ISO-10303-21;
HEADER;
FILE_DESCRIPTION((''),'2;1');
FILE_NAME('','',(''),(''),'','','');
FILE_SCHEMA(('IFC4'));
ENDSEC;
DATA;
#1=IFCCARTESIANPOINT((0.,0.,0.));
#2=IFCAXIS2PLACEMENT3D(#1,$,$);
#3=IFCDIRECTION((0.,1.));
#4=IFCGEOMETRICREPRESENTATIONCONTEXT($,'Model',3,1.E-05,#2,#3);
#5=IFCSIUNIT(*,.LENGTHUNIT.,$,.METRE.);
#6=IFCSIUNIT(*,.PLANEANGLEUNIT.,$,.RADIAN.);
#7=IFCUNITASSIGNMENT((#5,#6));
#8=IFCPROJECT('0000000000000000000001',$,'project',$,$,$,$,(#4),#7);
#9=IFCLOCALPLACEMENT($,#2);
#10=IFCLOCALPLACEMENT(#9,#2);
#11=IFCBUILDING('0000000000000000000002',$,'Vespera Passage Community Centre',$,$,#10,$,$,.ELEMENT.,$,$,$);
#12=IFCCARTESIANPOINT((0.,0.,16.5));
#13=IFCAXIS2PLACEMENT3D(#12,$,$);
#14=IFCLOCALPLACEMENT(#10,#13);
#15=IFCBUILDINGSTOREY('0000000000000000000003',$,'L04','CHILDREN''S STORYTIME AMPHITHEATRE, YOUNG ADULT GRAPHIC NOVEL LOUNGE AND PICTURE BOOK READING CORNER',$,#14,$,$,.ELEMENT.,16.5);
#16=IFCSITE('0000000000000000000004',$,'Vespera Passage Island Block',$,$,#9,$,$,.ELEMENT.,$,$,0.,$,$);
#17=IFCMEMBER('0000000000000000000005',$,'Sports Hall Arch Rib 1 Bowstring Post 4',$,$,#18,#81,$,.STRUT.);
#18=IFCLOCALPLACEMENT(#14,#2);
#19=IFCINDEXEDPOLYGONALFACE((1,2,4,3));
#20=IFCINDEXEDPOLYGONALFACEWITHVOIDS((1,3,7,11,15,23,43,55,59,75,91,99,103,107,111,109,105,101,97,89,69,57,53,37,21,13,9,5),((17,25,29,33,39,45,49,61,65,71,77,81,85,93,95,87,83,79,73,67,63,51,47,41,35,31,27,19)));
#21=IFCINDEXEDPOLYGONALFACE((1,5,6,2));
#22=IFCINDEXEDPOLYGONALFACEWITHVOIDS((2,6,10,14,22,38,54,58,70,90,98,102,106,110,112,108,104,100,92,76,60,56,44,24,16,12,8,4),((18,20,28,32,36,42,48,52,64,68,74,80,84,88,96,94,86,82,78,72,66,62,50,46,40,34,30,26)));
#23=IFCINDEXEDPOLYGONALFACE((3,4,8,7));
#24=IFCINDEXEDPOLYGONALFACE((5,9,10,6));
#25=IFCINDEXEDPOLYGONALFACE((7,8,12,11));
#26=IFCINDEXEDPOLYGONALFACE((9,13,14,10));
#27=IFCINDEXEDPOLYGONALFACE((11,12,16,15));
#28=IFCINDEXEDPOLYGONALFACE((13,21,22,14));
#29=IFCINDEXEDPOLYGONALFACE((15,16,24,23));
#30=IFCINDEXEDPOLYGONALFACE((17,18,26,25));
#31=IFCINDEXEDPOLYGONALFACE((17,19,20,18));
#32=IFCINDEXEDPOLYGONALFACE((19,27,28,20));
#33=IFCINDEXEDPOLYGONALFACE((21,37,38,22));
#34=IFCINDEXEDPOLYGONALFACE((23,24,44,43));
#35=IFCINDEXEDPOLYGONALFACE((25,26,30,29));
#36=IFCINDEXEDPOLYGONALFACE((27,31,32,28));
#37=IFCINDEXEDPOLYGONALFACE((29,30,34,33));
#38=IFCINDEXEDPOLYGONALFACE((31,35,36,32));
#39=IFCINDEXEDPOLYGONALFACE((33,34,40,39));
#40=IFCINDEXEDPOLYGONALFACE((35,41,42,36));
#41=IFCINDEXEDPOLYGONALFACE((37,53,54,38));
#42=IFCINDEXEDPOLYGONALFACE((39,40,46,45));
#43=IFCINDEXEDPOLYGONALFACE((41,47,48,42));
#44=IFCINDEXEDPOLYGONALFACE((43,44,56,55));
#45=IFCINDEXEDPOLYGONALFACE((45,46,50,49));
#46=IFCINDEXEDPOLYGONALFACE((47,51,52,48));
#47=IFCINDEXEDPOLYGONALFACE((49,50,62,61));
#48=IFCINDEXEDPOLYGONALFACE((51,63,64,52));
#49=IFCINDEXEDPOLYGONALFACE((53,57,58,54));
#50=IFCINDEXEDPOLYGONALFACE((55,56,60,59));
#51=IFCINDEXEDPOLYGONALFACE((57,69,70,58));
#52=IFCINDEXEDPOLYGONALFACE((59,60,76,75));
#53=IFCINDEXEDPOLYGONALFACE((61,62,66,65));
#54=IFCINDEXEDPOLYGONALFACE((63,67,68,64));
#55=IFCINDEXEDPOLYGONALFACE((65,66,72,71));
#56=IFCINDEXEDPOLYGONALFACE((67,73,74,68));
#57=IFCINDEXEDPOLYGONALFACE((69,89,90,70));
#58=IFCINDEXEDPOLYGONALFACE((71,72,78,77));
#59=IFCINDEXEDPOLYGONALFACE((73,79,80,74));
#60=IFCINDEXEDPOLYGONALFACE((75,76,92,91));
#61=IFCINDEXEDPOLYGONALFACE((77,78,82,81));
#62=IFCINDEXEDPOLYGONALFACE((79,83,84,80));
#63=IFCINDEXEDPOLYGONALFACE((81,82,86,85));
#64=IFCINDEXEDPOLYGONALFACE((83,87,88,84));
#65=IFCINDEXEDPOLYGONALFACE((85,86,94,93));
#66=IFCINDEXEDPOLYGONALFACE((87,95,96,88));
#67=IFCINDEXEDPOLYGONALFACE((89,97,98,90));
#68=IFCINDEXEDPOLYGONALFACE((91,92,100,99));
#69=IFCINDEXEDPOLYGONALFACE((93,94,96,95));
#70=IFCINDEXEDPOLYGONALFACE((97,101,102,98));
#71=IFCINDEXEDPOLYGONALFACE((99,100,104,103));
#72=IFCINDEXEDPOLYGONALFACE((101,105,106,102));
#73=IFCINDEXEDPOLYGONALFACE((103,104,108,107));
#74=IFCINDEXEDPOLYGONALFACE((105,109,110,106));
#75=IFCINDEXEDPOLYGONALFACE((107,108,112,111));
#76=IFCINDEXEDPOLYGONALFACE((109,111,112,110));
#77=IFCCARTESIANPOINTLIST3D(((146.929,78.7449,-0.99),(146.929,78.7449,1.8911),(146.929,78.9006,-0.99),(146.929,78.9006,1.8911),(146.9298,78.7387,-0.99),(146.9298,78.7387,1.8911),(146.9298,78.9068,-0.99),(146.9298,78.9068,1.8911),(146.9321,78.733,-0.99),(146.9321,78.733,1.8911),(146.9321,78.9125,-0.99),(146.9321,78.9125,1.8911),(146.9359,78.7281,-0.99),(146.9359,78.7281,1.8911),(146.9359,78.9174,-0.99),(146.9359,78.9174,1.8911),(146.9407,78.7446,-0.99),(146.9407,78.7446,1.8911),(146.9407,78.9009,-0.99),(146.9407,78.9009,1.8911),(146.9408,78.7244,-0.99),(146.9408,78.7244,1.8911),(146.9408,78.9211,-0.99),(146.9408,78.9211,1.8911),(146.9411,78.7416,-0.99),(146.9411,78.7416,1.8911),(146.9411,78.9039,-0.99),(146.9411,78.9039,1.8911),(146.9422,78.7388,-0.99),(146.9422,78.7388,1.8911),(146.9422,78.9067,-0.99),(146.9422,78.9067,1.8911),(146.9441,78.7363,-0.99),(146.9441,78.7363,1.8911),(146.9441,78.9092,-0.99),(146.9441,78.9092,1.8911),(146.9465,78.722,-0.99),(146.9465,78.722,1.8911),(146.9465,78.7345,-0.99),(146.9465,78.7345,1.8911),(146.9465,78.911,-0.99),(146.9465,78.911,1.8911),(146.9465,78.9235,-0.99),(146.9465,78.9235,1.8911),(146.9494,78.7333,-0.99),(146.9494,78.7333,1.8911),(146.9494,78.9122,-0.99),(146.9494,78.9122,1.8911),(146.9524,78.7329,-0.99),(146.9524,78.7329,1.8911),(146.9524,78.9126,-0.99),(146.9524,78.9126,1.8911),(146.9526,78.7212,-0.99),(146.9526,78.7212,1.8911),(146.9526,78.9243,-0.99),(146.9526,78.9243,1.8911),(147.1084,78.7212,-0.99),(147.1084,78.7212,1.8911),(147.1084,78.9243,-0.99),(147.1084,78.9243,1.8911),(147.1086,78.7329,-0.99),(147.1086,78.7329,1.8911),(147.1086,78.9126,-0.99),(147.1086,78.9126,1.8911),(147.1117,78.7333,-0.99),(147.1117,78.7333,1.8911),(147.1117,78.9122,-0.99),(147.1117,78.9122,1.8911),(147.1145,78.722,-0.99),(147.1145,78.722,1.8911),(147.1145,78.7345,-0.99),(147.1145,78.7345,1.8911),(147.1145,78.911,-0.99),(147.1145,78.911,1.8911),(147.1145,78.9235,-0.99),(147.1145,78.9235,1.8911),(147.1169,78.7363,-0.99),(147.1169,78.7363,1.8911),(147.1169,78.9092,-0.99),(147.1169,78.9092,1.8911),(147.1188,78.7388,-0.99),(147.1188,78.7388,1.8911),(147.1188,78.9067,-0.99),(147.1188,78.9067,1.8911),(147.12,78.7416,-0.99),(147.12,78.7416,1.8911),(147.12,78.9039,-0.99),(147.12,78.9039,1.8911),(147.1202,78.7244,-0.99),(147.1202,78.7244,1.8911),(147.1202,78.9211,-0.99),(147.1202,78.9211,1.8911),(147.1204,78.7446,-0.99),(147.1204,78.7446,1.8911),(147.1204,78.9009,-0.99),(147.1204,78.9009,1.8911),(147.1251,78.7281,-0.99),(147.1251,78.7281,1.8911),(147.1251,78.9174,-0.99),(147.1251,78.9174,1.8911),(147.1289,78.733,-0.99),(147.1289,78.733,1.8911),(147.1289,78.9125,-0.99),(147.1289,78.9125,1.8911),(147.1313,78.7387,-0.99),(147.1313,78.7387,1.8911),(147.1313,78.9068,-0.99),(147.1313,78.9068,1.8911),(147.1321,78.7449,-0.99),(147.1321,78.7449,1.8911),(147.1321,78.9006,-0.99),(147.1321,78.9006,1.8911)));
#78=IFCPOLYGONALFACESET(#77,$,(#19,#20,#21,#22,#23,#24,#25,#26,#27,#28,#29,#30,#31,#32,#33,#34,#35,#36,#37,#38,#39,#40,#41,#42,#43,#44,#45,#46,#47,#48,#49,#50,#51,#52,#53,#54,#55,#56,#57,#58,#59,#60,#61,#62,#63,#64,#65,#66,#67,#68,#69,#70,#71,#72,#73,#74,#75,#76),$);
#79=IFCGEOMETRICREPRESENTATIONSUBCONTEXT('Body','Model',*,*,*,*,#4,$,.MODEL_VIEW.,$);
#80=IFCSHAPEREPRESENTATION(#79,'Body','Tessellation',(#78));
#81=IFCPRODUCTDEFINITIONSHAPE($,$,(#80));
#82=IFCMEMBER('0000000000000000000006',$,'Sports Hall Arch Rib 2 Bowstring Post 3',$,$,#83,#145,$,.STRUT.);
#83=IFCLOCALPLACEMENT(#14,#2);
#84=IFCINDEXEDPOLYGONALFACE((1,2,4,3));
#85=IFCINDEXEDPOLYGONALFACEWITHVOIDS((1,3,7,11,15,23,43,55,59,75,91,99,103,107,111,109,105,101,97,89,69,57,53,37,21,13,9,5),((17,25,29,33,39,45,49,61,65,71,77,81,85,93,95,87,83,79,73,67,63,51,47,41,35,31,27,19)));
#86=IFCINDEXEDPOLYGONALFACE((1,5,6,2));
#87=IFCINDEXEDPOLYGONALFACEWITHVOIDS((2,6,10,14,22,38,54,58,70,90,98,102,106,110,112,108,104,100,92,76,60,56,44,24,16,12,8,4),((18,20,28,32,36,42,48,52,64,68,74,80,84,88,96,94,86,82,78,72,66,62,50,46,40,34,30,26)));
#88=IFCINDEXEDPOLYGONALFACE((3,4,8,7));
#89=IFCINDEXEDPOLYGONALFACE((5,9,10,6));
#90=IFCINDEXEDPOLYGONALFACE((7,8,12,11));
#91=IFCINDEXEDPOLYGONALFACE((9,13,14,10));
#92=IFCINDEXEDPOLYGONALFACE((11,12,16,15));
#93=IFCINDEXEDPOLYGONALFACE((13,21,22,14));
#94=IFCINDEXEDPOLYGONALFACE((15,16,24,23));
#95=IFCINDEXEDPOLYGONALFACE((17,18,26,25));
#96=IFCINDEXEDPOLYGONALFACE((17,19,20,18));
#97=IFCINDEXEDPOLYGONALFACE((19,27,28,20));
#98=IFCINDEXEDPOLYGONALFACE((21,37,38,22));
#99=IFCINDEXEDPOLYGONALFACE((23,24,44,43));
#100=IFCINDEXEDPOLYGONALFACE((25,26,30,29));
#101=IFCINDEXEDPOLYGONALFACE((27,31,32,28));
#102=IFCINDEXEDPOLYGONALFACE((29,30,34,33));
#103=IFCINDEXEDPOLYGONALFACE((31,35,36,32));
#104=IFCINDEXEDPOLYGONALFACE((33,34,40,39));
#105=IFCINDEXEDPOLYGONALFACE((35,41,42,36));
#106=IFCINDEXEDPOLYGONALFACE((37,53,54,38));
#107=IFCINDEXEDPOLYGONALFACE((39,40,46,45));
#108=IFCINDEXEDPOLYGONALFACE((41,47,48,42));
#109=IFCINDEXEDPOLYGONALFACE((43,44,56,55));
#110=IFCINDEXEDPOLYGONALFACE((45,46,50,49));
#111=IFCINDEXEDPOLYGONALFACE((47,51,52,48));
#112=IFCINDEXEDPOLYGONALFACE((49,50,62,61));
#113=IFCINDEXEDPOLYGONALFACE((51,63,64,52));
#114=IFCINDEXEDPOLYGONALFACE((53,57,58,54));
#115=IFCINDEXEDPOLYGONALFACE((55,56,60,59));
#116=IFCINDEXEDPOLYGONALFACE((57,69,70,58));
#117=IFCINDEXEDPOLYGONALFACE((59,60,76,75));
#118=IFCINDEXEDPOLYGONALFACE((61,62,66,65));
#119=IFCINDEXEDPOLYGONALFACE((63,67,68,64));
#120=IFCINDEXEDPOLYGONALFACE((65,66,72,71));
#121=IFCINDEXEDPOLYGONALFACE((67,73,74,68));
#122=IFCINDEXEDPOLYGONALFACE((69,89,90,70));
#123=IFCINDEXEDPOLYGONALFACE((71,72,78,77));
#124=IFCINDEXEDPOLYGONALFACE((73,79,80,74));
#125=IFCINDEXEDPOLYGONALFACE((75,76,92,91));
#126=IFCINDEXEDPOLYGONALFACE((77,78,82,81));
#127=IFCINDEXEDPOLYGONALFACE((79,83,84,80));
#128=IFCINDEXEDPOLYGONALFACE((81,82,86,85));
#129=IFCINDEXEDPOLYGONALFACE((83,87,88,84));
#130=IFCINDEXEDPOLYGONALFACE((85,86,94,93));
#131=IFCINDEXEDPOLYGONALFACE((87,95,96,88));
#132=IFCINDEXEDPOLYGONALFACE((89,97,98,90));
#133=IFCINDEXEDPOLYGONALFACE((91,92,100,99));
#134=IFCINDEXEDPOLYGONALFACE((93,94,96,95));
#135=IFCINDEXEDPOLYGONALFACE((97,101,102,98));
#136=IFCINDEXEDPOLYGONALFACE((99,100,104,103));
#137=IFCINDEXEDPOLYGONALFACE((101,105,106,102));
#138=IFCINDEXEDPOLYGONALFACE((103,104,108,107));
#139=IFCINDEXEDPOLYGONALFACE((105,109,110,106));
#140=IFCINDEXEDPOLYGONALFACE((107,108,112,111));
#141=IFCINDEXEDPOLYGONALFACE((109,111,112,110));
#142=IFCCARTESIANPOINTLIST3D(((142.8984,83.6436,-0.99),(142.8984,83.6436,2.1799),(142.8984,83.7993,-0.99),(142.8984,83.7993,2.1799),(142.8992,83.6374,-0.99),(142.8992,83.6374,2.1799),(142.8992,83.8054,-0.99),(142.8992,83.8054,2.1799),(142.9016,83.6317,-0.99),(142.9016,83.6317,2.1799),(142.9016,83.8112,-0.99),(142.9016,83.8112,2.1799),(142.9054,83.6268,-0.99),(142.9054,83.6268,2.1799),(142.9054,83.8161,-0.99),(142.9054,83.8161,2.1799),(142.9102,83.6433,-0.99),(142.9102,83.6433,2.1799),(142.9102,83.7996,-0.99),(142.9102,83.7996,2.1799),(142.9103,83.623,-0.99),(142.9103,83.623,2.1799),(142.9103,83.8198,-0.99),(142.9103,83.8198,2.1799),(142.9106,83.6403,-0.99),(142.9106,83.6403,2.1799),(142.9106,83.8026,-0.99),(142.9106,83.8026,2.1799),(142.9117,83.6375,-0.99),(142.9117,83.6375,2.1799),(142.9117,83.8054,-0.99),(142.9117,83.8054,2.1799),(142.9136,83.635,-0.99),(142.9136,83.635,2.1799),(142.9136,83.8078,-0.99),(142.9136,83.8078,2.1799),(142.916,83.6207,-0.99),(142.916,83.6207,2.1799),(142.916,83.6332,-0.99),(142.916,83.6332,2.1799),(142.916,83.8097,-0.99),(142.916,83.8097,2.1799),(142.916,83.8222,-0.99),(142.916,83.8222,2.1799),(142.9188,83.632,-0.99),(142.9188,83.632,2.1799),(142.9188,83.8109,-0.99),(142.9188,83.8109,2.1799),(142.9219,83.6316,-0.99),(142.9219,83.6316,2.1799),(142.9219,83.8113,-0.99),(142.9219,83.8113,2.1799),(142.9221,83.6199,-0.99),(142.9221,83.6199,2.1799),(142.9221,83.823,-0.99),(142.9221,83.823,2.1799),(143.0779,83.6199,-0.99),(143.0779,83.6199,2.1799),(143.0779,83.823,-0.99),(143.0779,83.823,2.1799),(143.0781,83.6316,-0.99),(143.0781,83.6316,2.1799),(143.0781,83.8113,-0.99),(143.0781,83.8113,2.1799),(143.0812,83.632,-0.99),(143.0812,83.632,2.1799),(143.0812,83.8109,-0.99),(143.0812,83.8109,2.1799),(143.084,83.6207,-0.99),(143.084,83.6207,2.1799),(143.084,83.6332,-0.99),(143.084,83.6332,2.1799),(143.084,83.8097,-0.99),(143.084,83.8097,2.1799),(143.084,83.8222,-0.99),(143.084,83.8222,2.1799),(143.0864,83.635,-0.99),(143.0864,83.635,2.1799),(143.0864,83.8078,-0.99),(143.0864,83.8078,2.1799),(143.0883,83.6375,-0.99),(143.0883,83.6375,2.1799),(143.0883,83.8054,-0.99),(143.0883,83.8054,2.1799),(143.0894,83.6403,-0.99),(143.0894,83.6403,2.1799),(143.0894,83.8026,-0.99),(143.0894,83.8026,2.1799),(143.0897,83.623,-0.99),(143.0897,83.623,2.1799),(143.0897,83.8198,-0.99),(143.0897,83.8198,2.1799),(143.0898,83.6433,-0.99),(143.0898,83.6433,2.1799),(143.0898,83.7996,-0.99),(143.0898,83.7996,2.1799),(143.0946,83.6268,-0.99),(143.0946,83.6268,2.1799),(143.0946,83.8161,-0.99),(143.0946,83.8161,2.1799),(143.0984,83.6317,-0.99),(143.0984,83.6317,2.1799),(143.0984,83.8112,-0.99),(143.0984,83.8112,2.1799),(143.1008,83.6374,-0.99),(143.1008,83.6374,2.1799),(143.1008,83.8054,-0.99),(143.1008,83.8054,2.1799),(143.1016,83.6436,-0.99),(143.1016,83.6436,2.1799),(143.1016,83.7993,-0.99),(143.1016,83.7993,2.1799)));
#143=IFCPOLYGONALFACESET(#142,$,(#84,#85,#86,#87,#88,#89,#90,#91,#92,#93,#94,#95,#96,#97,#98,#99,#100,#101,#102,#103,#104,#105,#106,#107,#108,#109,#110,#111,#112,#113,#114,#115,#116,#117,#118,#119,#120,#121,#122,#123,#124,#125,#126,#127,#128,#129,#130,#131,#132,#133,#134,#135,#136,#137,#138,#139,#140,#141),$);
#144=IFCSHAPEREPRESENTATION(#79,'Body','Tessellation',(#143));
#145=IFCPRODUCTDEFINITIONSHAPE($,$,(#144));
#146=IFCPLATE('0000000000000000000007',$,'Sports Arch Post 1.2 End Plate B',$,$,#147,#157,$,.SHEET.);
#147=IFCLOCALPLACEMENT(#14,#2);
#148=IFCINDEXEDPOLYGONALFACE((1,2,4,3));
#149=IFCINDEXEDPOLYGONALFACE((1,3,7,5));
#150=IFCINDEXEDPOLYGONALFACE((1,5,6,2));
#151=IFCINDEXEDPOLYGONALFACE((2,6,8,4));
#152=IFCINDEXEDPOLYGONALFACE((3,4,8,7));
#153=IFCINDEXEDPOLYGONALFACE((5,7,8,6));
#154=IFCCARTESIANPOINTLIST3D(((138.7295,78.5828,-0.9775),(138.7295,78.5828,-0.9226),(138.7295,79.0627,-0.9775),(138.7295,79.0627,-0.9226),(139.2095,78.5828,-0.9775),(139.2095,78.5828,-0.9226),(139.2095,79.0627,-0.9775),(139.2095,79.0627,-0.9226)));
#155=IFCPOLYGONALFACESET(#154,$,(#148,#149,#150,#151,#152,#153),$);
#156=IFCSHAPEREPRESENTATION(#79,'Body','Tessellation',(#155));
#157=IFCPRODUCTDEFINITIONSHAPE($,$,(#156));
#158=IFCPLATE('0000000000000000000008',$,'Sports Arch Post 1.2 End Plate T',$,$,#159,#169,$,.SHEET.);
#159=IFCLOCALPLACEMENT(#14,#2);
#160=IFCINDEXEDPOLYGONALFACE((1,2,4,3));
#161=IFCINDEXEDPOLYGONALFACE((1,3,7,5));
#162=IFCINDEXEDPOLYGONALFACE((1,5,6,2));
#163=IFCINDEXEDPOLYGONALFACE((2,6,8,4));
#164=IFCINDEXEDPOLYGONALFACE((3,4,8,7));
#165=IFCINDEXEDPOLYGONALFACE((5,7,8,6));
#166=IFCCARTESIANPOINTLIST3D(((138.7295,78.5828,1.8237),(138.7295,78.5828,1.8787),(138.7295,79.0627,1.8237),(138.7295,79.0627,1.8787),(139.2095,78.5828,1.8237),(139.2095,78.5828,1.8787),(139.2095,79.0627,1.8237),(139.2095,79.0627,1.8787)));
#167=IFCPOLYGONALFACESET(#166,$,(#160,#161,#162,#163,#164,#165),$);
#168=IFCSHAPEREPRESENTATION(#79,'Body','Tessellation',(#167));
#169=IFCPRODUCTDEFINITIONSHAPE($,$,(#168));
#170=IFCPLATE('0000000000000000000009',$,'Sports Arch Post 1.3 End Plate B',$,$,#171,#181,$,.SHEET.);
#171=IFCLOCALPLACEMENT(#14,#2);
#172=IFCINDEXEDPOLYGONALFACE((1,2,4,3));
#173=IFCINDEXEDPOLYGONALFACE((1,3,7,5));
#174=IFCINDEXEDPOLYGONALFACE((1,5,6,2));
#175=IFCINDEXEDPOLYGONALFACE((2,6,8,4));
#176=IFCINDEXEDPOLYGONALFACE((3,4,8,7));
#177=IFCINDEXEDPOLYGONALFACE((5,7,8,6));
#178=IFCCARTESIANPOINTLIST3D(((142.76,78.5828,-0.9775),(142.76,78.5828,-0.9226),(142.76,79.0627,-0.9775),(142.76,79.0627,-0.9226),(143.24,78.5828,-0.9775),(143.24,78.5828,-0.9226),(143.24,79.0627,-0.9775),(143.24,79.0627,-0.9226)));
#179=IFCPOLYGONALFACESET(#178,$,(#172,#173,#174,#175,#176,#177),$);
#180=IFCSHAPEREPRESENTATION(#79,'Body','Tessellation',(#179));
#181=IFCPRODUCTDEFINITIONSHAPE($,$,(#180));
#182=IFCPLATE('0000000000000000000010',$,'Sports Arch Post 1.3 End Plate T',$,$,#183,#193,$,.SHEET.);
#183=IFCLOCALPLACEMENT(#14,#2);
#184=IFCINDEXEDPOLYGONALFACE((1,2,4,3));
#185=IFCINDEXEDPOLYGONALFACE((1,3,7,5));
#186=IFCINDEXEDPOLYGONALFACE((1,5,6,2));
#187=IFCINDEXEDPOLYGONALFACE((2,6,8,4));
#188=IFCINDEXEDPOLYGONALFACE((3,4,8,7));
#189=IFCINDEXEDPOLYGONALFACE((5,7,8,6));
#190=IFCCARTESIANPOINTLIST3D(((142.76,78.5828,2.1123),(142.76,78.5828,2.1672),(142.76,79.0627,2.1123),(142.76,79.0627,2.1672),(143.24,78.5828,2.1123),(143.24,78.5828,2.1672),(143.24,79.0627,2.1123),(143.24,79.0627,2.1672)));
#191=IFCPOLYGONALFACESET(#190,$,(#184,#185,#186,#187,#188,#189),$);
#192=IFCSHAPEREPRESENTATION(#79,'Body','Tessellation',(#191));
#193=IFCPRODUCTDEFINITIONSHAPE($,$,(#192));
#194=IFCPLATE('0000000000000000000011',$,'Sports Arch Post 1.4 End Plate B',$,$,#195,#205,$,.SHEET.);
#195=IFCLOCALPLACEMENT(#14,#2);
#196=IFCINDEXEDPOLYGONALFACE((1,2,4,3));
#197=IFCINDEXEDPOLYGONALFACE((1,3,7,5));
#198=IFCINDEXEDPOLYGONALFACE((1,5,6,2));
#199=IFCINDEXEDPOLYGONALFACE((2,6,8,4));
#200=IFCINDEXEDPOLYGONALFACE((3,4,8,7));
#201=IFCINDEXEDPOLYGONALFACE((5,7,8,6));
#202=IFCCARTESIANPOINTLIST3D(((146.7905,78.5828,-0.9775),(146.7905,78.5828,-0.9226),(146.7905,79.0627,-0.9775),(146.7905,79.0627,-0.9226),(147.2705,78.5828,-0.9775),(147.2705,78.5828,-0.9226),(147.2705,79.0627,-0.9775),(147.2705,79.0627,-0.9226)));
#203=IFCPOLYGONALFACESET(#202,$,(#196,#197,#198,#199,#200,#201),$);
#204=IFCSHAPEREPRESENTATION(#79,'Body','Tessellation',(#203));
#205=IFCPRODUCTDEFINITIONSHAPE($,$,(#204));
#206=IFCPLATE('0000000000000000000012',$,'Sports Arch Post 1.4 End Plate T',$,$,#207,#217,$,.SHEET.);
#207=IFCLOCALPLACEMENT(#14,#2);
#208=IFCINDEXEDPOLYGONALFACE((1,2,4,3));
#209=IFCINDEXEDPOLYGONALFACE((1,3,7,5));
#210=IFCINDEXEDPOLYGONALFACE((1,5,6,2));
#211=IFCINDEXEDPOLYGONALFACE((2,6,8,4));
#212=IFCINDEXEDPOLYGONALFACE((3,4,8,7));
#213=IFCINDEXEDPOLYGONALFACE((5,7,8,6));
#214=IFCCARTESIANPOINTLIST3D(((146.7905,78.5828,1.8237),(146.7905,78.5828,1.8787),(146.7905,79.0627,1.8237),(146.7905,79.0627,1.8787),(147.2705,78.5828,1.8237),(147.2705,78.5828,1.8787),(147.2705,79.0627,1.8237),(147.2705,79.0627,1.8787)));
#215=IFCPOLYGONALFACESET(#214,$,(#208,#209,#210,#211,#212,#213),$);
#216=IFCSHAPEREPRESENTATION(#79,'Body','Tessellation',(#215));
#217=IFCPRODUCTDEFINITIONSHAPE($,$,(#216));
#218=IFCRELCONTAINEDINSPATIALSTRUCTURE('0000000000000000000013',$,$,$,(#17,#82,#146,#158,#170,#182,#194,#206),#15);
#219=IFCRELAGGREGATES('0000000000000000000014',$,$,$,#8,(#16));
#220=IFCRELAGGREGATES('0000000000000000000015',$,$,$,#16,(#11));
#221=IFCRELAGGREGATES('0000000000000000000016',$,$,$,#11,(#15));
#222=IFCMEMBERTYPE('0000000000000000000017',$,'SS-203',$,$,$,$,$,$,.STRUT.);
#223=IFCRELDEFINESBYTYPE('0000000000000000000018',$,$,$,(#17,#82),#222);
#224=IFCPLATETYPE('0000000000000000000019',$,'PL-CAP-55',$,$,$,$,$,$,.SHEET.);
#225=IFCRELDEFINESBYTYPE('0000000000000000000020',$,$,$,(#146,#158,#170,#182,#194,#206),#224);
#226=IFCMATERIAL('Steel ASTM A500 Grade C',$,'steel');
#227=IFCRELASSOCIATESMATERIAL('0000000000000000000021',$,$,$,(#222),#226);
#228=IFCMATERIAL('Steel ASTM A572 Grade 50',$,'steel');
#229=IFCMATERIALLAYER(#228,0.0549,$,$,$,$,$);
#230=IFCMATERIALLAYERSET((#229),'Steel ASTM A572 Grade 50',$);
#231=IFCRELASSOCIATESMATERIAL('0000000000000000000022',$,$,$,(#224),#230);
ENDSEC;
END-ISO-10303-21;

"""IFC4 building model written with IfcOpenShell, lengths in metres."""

from ifc_helpers import new_model, si_unit, direction, frame, origin, origin_2d, place, context, subcontext, project, spatial, rectangle, hollow_rectangle, extrude, material, layer, layer_set, material_profile, profile_set, type_object, element, save


model = new_model("IFC4")

# Units and contexts
model_context = context("Model", 3, precision=1e-05, world=origin(), true_north=direction((0.0, 1.0)))
body_context = subcontext(model_context, "Body", "Model", "MODEL_VIEW")
ifc_project = project(units=[si_unit("LENGTHUNIT", "METRE"), si_unit("PLANEANGLEUNIT", "RADIAN")], contexts=[model_context])

# Site, building, storey
site_placement = place(None, origin())
site = spatial("IfcSite", under=ifc_project, at=site_placement, Name="Vespera Passage Island Block", CompositionType="ELEMENT", RefElevation=0.0)
building_placement = place(site_placement, origin())
building = spatial("IfcBuilding", under=site, at=building_placement, Name="Vespera Passage Community Centre", CompositionType="ELEMENT")
storey_placement = place(building_placement, frame((0.0, 0.0, 16.5)))
storey = spatial("IfcBuildingStorey", under=building, at=storey_placement, Name="L04", Description="CHILDREN'S STORYTIME AMPHITHEATRE, YOUNG ADULT GRAPHIC NOVEL LOUNGE AND PICTURE BOOK READING CORNER", CompositionType="ELEMENT", Elevation=16.5)

# Members
ifc_material_1 = material(Name="Steel ASTM A500 Grade C", Category="steel")
ifc_material_profile_1 = material_profile(ifc_material_1, hollow_rectangle(XDim=0.2031, YDim=0.2031, WallThickness=0.0117, InnerFilletRadius=0.0117, OuterFilletRadius=0.0237, at=origin_2d()), Name="HSS203X203X12.7")
ifc_profile_set_1 = profile_set([ifc_material_profile_1], Name="Steel ASTM A500 Grade C")
member_type = type_object("IfcMemberType", Name="SS-203", PredefinedType="STRUT", material=ifc_profile_set_1)
member_1_placement = place(storey_placement, frame((147.0305, 78.8228, -0.99), z_axis=(0.0, 0.0, 1.0), x_axis=(1.0, 0.0, 0.0)))
element("IfcMember", 1, at=member_1_placement, inside=storey, type_object=member_type, Name="Sports Hall Arch Rib 1 Bowstring Post 4", PredefinedType="STRUT", context=body_context, shape_type="SweptSolid", body=[
    extrude(hollow_rectangle(XDim=0.2031, YDim=0.2031, WallThickness=0.0117, InnerFilletRadius=0.0117, OuterFilletRadius=0.0237, at=origin_2d()), origin(), (0.0, 0.0, 1.0), 2.8811),
])
member_2_placement = place(storey_placement, frame((143.0, 83.7214, -0.99), z_axis=(0.0, 0.0, 1.0), x_axis=(1.0, 0.0, 0.0)))
element("IfcMember", 2, at=member_2_placement, inside=storey, type_object=member_type, Name="Sports Hall Arch Rib 2 Bowstring Post 3", PredefinedType="STRUT", context=body_context, shape_type="SweptSolid", body=[
    extrude(hollow_rectangle(XDim=0.2031, YDim=0.2031, WallThickness=0.0117, InnerFilletRadius=0.0117, OuterFilletRadius=0.0237, at=origin_2d()), origin(), (0.0, 0.0, 1.0), 3.1699),
])

# Plates
ifc_material_2 = material(Name="Steel ASTM A572 Grade 50", Category="steel")
ifc_layer_1 = layer(ifc_material_2, 0.0549)
ifc_layer_set_1 = layer_set([ifc_layer_1], Name="Steel ASTM A572 Grade 50")
plate_type = type_object("IfcPlateType", Name="PL-CAP-55", PredefinedType="SHEET", material=ifc_layer_set_1)
for number, where, z_axis, x_axis, name in (
    (3, (138.9695, 78.8228, -0.9775), (0.0, 0.0, 1.0), (1.0, 0.0, 0.0), "Sports Arch Post 1.2 End Plate B"),
    (4, (138.9695, 78.8228, 1.8237), (0.0, 0.0, 1.0), (1.0, 0.0, 0.0), "Sports Arch Post 1.2 End Plate T"),
    (5, (143.0, 78.8228, -0.9775), (0.0, 0.0, 1.0), (1.0, 0.0, 0.0), "Sports Arch Post 1.3 End Plate B"),
    (6, (143.0, 78.8228, 2.1123), (0.0, 0.0, 1.0), (1.0, 0.0, 0.0), "Sports Arch Post 1.3 End Plate T"),
    (7, (147.0305, 78.8228, -0.9775), (0.0, 0.0, 1.0), (1.0, 0.0, 0.0), "Sports Arch Post 1.4 End Plate B"),
    (8, (147.0305, 78.8228, 1.8237), (0.0, 0.0, 1.0), (1.0, 0.0, 0.0), "Sports Arch Post 1.4 End Plate T"),
):
    element("IfcPlate", number, at=place(storey_placement, frame(where, z_axis=z_axis, x_axis=x_axis)), inside=storey, type_object=plate_type, Name=name, PredefinedType="SHEET", context=body_context, shape_type="SweptSolid", body=[
        extrude(rectangle(XDim=0.48, YDim=0.48, at=origin_2d()), origin(), (0.0, 0.0, 1.0), 0.0549),
    ])

save(model, "model.ifc")
